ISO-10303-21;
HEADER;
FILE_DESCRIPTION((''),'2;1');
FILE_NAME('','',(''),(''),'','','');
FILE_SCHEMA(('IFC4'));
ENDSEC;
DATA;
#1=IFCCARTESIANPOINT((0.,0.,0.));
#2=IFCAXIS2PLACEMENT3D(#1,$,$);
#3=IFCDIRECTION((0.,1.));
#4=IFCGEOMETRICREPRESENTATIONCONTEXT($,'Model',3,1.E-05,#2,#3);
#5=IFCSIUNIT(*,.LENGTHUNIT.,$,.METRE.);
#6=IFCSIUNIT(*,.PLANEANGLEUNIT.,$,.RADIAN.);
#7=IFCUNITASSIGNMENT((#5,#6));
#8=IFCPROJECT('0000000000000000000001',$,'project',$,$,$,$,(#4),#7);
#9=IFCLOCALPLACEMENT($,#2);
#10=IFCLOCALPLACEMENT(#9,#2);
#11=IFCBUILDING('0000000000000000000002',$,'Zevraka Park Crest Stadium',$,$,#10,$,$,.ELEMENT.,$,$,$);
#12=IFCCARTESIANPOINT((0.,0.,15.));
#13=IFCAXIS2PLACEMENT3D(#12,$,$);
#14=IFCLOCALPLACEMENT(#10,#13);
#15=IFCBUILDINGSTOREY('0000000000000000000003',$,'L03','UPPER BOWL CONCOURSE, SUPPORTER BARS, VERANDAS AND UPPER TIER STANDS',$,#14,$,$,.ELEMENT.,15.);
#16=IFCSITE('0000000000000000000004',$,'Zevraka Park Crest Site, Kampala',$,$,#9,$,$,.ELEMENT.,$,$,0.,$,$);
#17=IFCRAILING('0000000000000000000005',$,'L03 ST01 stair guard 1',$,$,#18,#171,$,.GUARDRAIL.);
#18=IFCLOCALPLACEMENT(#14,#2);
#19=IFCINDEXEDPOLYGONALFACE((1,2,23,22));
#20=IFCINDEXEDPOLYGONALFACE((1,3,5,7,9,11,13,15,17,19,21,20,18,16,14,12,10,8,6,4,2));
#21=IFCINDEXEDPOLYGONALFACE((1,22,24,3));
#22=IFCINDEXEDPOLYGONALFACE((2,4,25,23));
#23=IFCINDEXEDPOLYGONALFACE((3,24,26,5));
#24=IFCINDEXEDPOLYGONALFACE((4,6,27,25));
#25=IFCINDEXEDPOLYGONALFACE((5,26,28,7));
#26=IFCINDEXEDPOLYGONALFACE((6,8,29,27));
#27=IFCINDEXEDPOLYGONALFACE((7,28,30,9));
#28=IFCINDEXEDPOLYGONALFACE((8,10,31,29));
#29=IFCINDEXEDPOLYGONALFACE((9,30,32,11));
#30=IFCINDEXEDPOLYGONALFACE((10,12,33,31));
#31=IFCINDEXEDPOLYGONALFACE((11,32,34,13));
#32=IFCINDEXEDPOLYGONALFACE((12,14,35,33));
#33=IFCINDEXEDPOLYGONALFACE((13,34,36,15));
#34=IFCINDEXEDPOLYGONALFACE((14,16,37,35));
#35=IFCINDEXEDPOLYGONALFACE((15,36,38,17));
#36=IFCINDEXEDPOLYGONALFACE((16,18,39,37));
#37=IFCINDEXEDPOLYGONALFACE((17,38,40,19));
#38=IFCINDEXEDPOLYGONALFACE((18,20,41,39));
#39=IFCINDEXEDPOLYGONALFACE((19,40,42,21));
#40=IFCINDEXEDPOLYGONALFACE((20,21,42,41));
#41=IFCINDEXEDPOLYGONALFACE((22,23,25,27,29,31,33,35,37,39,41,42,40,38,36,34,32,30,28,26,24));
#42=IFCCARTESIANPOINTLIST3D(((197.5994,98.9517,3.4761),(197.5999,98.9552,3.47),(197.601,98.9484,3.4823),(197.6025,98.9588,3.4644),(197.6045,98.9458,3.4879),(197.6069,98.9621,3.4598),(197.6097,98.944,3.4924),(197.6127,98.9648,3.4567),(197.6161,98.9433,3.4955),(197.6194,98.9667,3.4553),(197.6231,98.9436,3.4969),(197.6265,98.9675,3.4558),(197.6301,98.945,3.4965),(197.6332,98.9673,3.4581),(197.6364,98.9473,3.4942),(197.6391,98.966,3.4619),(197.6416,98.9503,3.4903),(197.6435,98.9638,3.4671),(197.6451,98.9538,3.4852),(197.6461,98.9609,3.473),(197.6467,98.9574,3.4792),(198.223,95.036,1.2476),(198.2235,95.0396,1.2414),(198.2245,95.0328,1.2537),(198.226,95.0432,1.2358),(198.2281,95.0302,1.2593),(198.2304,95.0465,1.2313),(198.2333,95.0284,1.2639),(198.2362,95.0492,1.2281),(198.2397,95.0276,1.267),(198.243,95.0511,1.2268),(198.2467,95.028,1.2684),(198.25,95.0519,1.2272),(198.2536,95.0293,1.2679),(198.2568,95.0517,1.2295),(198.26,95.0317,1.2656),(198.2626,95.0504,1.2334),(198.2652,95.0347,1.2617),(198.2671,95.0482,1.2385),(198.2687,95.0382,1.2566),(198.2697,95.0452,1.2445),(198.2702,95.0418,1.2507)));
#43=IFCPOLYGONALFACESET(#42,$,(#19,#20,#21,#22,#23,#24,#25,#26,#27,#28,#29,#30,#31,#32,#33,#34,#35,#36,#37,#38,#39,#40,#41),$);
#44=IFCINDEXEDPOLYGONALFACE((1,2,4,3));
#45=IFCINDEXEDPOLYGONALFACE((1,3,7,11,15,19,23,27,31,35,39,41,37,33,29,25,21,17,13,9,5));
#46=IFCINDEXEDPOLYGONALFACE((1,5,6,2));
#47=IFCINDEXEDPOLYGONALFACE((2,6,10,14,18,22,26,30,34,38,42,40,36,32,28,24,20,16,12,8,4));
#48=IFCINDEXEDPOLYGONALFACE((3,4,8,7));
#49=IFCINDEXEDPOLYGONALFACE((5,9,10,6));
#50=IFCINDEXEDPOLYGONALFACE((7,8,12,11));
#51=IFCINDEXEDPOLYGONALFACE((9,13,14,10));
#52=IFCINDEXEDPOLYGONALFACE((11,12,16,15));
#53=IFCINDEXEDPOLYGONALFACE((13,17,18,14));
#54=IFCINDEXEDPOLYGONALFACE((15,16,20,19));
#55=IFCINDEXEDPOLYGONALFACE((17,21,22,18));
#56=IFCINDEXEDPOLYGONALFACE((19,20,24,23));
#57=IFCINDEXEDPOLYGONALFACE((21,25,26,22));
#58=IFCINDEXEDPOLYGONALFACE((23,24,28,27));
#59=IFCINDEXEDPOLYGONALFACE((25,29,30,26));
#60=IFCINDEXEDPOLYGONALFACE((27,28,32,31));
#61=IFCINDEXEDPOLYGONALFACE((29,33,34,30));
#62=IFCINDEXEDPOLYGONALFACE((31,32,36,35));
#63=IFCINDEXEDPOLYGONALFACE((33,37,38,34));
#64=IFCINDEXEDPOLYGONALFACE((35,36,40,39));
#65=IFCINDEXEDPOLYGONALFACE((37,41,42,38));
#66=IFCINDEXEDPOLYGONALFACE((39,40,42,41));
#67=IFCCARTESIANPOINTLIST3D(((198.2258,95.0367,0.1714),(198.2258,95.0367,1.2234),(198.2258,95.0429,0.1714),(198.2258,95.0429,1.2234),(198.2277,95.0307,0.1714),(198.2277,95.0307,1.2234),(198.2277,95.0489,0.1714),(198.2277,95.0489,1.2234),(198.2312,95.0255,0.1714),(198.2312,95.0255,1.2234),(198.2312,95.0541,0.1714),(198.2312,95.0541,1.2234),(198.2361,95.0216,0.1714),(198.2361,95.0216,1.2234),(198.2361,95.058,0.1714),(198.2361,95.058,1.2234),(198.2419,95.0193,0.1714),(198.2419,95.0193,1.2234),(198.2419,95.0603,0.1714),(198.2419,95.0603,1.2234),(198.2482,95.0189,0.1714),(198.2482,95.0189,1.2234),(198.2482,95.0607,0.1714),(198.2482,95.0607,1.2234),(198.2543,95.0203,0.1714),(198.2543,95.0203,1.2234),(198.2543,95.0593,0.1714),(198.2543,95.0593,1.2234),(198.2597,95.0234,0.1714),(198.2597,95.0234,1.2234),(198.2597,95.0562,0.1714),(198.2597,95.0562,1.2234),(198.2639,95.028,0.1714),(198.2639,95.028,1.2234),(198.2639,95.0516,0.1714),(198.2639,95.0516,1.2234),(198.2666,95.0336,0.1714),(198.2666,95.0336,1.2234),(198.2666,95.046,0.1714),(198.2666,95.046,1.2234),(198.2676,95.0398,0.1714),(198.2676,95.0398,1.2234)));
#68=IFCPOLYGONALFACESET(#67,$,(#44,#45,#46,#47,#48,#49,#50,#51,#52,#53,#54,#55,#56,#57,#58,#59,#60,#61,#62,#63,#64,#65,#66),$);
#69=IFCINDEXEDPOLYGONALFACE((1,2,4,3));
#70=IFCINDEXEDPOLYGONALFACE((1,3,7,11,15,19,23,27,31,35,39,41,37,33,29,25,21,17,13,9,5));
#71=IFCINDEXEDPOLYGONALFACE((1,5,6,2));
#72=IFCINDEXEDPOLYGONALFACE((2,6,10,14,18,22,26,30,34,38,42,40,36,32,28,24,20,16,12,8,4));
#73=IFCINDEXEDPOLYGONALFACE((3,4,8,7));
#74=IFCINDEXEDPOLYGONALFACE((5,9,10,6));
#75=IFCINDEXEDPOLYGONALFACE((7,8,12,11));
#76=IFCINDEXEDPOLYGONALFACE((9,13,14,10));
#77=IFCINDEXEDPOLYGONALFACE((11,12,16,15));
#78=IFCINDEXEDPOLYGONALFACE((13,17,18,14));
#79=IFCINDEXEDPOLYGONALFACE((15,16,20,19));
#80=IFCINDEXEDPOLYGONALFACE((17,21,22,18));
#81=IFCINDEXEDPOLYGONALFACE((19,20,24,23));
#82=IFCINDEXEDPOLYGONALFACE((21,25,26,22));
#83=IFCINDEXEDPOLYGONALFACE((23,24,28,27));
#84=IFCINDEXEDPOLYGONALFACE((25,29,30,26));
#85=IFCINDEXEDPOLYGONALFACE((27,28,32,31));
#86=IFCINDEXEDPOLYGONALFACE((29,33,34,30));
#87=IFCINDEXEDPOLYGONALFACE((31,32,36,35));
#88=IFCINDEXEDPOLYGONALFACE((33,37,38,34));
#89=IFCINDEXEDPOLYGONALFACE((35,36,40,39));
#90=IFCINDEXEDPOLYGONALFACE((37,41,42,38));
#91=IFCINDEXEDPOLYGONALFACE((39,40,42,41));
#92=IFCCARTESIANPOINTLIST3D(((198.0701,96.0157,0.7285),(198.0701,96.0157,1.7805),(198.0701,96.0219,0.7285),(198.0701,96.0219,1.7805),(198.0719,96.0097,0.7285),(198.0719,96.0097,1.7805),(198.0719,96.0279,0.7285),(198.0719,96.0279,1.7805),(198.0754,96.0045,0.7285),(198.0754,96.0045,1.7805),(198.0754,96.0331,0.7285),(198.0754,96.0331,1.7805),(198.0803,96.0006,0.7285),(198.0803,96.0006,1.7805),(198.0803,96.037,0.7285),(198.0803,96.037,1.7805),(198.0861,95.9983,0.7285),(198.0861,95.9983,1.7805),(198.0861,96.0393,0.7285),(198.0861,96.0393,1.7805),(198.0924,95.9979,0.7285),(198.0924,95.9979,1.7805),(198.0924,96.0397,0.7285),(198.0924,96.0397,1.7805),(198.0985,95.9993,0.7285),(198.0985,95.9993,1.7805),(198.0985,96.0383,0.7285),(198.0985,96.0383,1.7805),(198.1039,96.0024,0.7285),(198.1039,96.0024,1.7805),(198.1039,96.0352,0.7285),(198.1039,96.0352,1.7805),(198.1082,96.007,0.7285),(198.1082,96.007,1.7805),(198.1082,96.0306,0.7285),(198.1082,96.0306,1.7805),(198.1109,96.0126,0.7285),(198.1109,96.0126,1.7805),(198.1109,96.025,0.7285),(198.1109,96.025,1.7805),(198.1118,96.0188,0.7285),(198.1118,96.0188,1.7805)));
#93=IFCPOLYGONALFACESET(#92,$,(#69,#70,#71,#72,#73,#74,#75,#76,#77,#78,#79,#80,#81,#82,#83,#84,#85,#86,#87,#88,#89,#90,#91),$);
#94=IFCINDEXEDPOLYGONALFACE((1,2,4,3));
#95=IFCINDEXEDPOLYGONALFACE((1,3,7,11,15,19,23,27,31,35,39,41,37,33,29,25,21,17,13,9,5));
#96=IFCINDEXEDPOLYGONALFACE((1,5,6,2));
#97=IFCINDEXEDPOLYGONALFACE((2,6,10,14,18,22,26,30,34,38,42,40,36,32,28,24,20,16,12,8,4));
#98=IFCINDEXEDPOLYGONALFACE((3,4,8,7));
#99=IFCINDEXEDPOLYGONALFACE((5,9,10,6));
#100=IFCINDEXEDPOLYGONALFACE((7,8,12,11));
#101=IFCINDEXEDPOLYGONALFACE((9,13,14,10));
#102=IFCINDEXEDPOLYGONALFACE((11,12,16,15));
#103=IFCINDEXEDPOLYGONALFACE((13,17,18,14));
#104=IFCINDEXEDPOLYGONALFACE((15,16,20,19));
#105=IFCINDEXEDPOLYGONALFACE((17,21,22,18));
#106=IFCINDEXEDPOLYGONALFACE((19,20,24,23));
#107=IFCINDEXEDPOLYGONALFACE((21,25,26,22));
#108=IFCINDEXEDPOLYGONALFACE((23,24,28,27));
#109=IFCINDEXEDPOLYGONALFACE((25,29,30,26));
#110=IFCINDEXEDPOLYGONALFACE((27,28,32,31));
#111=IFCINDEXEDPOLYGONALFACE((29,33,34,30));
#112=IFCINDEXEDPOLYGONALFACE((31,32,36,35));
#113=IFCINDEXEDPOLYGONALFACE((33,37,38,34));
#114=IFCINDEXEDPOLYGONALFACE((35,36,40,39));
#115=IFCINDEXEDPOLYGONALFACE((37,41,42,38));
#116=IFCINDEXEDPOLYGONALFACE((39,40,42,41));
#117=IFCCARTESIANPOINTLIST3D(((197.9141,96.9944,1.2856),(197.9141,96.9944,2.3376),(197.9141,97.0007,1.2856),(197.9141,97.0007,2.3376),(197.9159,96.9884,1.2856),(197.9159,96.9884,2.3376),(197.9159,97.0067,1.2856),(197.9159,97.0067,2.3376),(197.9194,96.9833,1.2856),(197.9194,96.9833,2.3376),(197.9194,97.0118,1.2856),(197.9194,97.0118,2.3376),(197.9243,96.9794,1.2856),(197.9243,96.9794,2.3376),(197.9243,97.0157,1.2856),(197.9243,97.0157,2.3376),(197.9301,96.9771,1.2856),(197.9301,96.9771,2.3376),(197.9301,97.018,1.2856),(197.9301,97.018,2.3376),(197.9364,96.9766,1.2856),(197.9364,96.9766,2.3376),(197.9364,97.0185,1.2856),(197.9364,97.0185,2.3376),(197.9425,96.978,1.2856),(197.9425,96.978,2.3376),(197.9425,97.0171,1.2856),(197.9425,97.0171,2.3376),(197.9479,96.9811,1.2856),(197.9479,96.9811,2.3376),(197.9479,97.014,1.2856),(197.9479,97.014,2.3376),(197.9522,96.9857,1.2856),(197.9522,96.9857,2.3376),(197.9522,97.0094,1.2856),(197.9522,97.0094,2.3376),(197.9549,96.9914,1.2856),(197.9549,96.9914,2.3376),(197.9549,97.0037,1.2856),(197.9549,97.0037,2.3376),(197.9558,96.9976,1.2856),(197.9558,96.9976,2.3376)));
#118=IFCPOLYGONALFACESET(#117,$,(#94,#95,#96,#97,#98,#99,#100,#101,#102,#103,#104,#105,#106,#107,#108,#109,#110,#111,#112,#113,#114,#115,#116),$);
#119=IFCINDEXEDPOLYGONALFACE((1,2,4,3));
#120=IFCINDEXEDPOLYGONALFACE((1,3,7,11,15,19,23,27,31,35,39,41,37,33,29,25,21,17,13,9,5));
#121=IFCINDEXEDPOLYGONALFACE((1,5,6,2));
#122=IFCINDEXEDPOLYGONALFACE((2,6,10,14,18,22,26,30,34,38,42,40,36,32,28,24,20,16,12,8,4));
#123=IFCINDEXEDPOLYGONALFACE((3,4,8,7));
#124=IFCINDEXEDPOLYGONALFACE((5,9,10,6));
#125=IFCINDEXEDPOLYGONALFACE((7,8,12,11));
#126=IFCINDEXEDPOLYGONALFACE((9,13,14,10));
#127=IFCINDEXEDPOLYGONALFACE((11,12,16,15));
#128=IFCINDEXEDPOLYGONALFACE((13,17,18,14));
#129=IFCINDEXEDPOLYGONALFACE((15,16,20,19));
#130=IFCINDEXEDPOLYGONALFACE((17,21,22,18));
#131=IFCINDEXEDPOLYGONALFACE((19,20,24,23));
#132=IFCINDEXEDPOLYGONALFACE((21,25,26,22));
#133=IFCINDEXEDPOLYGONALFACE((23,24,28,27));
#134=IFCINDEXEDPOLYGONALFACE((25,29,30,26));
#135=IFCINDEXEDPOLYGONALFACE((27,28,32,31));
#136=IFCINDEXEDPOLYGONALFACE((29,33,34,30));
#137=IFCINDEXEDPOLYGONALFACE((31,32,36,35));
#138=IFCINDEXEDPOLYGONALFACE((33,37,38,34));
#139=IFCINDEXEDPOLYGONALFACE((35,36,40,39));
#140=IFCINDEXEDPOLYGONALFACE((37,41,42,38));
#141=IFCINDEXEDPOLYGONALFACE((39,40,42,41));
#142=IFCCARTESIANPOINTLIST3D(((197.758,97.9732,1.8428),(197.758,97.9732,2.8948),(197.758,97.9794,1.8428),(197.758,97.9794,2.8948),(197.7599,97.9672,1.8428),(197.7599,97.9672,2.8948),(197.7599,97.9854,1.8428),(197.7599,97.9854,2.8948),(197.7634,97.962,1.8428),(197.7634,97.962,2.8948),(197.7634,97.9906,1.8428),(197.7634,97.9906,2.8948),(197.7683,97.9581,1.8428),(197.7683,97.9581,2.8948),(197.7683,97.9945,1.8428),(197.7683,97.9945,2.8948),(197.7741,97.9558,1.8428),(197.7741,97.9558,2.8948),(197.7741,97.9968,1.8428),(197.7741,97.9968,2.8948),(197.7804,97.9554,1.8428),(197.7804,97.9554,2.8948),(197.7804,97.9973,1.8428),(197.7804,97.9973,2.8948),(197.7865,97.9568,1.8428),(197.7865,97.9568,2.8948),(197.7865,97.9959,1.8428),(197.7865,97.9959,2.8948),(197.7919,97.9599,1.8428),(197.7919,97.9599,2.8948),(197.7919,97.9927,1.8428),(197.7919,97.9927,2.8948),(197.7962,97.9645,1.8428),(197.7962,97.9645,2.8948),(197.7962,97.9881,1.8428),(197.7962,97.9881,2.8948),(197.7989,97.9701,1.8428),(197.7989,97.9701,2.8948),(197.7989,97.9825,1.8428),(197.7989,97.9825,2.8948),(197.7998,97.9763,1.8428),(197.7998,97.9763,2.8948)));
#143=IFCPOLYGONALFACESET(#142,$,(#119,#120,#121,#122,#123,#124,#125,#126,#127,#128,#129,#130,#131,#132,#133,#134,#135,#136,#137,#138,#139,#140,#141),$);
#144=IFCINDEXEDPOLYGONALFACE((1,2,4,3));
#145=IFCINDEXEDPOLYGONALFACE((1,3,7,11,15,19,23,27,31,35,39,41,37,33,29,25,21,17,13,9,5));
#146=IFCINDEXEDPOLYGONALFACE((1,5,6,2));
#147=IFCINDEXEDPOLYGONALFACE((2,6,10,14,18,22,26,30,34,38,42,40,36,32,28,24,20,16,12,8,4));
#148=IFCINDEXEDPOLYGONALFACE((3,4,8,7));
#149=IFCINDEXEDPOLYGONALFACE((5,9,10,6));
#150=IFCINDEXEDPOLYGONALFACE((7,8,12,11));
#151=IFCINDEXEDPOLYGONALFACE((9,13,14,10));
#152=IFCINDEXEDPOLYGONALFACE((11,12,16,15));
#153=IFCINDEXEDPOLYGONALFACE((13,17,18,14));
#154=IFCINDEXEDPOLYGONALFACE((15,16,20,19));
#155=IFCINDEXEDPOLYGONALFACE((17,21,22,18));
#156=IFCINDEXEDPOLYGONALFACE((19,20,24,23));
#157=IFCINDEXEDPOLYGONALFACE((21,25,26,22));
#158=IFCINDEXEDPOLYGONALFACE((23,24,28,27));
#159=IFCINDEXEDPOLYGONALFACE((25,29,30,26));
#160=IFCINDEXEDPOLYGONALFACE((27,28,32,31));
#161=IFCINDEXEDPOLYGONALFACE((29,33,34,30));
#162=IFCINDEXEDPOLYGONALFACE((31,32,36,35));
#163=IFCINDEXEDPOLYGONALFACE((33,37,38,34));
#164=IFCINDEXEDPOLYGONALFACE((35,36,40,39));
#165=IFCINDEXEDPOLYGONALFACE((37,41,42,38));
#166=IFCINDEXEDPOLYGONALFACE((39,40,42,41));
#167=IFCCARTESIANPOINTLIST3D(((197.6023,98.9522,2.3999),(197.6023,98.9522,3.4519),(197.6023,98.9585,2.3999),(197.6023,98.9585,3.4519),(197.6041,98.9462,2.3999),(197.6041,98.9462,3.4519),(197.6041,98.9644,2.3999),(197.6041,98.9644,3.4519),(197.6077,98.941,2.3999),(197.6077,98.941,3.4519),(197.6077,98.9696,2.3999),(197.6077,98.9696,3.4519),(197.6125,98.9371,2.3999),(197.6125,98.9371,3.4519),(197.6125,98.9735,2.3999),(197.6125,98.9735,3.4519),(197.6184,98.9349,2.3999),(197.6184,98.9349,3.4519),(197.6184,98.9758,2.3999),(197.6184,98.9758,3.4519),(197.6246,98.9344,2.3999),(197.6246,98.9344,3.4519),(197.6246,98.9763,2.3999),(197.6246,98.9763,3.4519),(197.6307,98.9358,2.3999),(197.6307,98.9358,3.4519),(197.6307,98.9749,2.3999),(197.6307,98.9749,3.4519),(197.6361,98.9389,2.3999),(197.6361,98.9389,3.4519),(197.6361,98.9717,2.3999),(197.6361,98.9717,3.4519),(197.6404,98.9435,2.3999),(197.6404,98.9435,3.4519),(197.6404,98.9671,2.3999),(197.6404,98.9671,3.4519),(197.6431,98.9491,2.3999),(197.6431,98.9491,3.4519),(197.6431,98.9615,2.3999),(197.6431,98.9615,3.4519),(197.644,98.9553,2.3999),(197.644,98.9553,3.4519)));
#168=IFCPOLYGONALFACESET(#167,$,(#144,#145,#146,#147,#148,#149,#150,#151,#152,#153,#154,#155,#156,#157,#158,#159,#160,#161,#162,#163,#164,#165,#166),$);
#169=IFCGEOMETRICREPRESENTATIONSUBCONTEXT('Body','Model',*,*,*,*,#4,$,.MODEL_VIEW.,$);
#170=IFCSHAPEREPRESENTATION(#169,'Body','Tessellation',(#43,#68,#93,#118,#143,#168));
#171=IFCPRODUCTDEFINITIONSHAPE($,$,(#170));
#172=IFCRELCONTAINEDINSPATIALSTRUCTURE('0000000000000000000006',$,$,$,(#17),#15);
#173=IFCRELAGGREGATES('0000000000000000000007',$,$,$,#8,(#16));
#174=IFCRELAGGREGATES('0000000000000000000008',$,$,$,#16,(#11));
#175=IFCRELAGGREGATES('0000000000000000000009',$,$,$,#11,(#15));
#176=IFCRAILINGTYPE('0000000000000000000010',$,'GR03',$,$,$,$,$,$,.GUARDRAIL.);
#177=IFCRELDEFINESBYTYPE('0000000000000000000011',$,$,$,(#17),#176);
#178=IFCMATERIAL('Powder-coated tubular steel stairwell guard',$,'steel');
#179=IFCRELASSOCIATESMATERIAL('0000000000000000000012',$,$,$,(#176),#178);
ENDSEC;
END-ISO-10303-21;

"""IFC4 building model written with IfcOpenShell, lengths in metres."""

from ifc_helpers import new_model, si_unit, direction, frame, origin, origin_2d, place, context, subcontext, project, spatial, circle, extrude, material, type_object, element, save


model = new_model("IFC4")

# Units and contexts
model_context = context("Model", 3, precision=1e-05, world=origin(), true_north=direction((0.0, 1.0)))
body_context = subcontext(model_context, "Body", "Model", "MODEL_VIEW")
ifc_project = project(units=[si_unit("LENGTHUNIT", "METRE"), si_unit("PLANEANGLEUNIT", "RADIAN")], contexts=[model_context])

# Site, building, storey
site_placement = place(None, origin())
site = spatial("IfcSite", under=ifc_project, at=site_placement, Name="Zevraka Park Crest Site, Kampala", CompositionType="ELEMENT", RefElevation=0.0)
building_placement = place(site_placement, origin())
building = spatial("IfcBuilding", under=site, at=building_placement, Name="Zevraka Park Crest Stadium", CompositionType="ELEMENT")
storey_placement = place(building_placement, frame((0.0, 0.0, 15.0)))
storey = spatial("IfcBuildingStorey", under=building, at=storey_placement, Name="L03", Description="UPPER BOWL CONCOURSE, SUPPORTER BARS, VERANDAS AND UPPER TIER STANDS", CompositionType="ELEMENT", Elevation=15.0)

# Railing
ifc_material_1 = material(Name="Powder-coated tubular steel stairwell guard", Category="steel")
railing_type_1 = type_object("IfcRailingType", Name="GR03", PredefinedType="GUARDRAIL", material=ifc_material_1)
railing_1_placement = place(storey_placement, frame((198.2466, 95.0398, 0.1714)))
element("IfcRailing", 1, at=railing_1_placement, inside=storey, type_object=railing_type_1, Name="L03 ST01 stair guard 1", PredefinedType="GUARDRAIL", context=body_context, shape_type="SweptSolid", body=[
    extrude(circle(Radius=0.0239, at=origin_2d()), frame((0.0, 0.0, 1.0762), z_axis=(-0.137094, 0.86089, 0.489974), x_axis=(-0.987556, -0.157265, 0.0)), (0.0, 0.0, 1.0), 4.5483),
    extrude(circle(Radius=0.021, at=origin_2d()), origin(), (0.0, 0.0, 1.0), 1.052),
    extrude(circle(Radius=0.021, at=origin_2d()), frame((-0.1558, 0.979, 0.5571)), (0.0, 0.0, 1.0), 1.052),
    extrude(circle(Radius=0.021, at=origin_2d()), frame((-0.3118, 1.9578, 1.1143)), (0.0, 0.0, 1.0), 1.052),
    extrude(circle(Radius=0.021, at=origin_2d()), frame((-0.4678, 2.9365, 1.6714)), (0.0, 0.0, 1.0), 1.052),
    extrude(circle(Radius=0.021, at=origin_2d()), frame((-0.6235, 3.9155, 2.2285)), (0.0, 0.0, 1.0), 1.052),
])

save(model, "model.ifc")
